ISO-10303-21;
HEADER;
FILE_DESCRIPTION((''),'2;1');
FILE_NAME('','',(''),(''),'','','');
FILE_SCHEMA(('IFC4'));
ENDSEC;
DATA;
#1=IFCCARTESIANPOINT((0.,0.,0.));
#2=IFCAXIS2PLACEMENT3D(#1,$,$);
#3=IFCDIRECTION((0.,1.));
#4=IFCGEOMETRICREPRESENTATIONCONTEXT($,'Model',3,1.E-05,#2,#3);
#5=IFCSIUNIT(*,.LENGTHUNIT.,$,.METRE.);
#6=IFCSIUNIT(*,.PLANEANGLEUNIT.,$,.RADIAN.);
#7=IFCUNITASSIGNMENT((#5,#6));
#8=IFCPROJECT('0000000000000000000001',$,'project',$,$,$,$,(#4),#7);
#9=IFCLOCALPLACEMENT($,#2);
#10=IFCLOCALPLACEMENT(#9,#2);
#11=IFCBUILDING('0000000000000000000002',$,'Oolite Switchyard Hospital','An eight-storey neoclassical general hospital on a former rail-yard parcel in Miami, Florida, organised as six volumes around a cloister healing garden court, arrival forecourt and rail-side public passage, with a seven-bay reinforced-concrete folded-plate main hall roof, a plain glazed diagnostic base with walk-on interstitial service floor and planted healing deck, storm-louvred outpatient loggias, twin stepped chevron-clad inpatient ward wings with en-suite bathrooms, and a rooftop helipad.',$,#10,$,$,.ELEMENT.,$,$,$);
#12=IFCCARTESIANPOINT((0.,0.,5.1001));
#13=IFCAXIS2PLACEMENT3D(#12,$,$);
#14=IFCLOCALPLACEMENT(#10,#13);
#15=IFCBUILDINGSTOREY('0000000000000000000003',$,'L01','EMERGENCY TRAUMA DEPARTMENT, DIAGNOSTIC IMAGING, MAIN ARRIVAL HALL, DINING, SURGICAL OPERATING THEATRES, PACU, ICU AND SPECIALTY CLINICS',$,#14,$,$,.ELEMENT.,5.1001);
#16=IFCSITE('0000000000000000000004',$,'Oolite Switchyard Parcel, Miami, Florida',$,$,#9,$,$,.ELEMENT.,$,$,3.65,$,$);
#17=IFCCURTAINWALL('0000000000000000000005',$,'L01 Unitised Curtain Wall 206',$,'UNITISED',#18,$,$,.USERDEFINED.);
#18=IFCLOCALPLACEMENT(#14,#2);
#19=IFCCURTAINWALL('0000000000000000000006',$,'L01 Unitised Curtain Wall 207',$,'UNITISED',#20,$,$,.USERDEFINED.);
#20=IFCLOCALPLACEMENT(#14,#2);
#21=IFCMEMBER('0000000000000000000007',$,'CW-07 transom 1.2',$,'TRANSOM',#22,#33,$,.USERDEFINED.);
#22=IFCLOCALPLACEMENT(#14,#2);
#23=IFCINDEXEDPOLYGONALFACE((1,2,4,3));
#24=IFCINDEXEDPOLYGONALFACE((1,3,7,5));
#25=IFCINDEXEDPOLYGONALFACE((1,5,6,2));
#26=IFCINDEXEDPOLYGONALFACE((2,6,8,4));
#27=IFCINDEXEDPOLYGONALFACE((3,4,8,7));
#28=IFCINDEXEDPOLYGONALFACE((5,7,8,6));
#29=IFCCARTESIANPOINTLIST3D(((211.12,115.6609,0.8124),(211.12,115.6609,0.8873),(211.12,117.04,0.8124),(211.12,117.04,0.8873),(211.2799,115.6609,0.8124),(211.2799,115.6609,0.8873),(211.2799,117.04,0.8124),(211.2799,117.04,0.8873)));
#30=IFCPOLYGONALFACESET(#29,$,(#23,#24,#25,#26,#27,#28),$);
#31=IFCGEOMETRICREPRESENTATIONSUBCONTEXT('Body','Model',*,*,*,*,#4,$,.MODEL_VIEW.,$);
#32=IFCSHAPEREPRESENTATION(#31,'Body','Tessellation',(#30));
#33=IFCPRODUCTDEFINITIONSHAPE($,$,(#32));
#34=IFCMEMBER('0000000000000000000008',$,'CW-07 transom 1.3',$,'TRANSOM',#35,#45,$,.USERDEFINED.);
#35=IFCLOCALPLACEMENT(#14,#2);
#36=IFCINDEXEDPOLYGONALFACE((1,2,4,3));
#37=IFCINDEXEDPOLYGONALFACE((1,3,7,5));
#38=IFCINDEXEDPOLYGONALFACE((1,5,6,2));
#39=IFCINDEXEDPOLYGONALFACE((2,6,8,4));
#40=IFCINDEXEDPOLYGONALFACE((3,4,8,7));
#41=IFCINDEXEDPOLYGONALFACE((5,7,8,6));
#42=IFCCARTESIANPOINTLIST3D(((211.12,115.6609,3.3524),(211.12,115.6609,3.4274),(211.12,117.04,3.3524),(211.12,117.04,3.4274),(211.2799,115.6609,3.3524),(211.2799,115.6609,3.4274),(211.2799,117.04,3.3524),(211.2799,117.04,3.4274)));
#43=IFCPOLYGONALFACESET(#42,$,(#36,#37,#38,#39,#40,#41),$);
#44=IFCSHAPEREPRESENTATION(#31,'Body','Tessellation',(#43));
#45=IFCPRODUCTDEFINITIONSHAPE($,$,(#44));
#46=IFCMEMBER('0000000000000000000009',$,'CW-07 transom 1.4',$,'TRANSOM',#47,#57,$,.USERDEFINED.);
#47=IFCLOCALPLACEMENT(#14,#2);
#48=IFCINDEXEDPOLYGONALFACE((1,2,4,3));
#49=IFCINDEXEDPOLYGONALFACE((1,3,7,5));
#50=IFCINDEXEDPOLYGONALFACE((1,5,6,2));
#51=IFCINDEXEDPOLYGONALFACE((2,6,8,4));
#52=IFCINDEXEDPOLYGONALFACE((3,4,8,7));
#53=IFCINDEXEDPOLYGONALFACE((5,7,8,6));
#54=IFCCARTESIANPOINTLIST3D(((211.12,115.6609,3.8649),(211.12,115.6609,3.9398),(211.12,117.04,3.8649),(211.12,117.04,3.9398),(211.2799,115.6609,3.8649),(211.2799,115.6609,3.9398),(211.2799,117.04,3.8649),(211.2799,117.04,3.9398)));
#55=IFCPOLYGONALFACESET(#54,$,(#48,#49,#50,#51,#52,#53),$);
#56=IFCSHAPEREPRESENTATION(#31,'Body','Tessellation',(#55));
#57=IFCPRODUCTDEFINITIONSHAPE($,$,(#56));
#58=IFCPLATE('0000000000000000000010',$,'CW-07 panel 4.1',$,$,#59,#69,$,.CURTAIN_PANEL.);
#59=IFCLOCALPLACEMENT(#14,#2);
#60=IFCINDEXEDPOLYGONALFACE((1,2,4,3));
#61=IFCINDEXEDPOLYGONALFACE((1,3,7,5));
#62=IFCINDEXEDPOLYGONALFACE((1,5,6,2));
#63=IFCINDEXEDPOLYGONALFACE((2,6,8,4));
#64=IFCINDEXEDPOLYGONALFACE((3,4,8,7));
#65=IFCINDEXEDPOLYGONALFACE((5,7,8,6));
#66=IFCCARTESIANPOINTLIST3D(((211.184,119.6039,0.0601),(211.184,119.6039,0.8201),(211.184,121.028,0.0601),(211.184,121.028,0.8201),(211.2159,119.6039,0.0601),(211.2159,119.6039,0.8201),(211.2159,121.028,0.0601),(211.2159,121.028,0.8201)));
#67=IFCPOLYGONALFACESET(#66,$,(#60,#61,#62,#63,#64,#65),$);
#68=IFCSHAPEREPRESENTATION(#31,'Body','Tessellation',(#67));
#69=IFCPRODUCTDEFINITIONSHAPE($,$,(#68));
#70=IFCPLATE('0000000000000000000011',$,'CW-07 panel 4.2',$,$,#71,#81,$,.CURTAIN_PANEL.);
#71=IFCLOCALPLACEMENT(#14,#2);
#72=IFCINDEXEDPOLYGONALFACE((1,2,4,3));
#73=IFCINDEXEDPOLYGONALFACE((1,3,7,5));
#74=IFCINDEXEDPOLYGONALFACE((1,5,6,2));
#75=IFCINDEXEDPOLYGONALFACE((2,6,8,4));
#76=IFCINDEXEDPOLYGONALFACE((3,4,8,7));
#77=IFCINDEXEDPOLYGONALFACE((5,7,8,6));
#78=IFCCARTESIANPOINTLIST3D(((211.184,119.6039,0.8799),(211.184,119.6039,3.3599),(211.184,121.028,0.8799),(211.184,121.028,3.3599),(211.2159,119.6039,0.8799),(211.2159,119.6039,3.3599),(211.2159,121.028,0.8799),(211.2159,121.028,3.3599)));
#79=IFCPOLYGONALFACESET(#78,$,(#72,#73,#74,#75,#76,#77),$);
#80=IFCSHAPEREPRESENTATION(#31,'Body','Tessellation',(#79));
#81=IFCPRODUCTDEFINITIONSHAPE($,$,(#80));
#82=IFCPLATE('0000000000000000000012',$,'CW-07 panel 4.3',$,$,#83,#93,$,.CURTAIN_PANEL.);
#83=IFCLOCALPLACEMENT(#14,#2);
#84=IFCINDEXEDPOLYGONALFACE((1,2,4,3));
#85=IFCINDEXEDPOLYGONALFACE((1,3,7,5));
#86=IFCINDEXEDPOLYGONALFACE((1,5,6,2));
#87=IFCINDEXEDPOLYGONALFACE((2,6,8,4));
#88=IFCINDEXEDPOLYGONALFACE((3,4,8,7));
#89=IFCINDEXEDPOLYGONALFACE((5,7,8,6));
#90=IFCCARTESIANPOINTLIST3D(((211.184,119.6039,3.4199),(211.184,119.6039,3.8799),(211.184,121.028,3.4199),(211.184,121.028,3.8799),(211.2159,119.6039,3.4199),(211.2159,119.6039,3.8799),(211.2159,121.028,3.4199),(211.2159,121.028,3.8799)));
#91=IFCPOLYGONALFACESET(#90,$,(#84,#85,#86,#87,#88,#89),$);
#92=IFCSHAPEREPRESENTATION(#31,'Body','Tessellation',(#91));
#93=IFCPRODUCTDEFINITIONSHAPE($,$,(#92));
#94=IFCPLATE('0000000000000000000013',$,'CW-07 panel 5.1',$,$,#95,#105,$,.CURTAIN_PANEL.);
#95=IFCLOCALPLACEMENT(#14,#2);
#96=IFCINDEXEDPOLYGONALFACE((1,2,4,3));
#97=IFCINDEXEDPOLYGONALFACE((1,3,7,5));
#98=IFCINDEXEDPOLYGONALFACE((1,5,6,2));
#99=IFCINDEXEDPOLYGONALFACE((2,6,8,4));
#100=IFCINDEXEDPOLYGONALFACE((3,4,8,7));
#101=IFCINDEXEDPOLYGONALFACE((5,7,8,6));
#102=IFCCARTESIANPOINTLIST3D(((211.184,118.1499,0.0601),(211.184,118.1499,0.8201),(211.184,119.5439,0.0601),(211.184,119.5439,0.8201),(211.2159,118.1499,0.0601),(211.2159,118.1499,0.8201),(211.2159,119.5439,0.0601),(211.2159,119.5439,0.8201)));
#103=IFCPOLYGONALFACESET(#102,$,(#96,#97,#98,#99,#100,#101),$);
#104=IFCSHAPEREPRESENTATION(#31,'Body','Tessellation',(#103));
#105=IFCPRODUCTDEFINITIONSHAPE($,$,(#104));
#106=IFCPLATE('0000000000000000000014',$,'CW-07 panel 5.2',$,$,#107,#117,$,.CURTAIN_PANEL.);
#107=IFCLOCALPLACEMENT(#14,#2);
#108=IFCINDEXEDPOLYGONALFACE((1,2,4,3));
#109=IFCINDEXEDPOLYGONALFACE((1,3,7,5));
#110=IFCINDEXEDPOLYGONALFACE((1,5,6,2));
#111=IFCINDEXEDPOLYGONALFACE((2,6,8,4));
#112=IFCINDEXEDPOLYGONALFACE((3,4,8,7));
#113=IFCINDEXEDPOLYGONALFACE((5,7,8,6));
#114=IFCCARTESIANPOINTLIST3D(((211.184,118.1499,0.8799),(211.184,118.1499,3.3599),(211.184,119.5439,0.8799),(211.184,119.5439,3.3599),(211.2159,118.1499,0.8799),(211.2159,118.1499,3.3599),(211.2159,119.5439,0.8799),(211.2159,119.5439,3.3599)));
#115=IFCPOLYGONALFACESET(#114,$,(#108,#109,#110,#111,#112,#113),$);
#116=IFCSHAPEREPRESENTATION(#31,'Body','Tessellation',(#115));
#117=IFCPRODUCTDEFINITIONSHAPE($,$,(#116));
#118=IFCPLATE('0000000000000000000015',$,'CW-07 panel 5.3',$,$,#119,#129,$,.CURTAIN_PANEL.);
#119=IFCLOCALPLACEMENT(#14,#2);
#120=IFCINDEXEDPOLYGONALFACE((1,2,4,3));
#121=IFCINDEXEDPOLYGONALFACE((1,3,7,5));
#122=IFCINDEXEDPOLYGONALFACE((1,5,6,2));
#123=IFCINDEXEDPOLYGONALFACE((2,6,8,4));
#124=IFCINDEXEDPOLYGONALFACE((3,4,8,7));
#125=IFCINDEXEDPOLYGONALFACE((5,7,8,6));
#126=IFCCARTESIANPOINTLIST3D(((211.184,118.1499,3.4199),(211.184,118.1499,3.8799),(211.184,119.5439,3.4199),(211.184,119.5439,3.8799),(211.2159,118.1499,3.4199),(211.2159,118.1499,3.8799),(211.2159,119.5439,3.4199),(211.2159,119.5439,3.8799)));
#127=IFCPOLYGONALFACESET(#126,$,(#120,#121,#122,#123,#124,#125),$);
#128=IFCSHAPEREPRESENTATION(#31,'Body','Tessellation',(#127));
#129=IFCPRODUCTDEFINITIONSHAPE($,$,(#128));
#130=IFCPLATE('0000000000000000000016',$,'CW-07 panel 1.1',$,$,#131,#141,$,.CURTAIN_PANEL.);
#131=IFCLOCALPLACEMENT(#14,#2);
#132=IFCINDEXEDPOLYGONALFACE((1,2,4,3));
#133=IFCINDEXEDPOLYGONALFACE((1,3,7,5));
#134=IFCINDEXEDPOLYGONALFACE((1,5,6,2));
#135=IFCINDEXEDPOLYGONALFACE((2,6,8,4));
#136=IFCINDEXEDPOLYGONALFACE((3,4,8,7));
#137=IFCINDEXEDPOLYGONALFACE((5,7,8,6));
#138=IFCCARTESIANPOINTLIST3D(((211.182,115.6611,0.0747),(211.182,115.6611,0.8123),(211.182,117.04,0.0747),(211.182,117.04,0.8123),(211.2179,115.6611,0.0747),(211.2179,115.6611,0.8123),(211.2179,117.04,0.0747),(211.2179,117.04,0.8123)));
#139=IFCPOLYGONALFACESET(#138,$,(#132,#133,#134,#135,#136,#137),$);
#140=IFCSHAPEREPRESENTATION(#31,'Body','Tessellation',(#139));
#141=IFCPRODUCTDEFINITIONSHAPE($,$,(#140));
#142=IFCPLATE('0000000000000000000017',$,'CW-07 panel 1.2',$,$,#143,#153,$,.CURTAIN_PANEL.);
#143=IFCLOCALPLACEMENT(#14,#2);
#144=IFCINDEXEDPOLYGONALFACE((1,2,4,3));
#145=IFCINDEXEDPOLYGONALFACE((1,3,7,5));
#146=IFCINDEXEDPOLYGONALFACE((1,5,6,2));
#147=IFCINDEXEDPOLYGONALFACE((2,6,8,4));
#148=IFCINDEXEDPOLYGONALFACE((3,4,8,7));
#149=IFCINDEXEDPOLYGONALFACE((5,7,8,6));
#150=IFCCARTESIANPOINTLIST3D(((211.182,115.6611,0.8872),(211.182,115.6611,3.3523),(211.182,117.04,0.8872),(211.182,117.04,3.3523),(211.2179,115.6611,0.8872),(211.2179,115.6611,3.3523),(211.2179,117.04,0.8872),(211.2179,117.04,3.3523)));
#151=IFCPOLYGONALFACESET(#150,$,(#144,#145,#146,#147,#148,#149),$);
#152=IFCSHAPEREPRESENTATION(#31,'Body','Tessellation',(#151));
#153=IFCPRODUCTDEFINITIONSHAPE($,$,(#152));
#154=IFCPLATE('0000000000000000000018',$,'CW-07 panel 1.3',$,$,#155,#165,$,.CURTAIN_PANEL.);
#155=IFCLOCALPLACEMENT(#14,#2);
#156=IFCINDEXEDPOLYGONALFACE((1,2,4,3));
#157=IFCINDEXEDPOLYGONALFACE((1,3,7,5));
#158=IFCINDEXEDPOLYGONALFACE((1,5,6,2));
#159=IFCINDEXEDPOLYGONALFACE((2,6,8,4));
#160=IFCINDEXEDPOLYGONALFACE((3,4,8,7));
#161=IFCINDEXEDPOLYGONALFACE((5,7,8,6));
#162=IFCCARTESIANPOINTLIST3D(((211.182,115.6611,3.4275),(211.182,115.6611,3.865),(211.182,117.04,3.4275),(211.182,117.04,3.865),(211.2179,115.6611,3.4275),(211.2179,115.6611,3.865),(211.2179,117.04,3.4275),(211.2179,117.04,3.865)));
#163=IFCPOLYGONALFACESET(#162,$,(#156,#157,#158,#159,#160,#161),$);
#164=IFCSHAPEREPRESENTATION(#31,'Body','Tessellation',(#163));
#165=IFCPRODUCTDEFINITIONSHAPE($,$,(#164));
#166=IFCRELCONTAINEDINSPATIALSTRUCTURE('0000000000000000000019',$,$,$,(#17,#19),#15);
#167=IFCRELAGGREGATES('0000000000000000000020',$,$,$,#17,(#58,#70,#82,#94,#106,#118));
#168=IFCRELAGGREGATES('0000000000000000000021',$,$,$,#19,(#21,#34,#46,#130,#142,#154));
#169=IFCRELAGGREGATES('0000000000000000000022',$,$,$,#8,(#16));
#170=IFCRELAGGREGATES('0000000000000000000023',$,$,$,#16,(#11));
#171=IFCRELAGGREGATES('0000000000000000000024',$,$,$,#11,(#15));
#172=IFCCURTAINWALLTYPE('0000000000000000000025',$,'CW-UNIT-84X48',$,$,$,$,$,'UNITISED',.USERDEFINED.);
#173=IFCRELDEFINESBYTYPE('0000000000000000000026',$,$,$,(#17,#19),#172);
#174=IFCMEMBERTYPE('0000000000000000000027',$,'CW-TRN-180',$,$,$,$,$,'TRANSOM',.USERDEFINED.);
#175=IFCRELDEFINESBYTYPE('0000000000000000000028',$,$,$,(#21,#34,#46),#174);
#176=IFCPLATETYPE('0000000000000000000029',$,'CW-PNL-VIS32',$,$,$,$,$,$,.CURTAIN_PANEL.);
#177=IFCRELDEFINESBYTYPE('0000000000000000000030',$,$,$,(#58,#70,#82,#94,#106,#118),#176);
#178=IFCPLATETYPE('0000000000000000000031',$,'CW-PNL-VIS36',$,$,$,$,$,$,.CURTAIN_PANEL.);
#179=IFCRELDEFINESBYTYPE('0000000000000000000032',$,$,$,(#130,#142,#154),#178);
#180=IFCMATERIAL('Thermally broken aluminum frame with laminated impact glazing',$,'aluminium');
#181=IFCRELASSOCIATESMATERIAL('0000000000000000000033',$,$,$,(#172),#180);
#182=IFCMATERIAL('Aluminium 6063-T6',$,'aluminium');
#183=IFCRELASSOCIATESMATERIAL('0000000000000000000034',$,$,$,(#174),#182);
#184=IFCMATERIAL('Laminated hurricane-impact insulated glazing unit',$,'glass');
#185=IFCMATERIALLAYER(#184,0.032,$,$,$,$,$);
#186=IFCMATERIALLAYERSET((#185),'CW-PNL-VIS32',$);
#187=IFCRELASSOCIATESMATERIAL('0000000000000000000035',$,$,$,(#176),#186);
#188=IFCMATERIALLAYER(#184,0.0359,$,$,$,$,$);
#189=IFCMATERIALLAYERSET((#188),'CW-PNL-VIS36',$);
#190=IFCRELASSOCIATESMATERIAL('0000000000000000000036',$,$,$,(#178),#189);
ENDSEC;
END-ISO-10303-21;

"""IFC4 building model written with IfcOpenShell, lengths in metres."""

from ifc_helpers import new_model, si_unit, direction, frame, origin, origin_2d, place, context, subcontext, project, spatial, rectangle, extrude, material, layer, layer_set, material_profile, profile_set, type_object, element, aggregate, save


model = new_model("IFC4")

# Units and contexts
model_context = context("Model", 3, precision=1e-05, world=origin(), true_north=direction((0.0, 1.0)))
body_context = subcontext(model_context, "Body", "Model", "MODEL_VIEW")
ifc_project = project(units=[si_unit("LENGTHUNIT", "METRE"), si_unit("PLANEANGLEUNIT", "RADIAN")], contexts=[model_context])

# Site, building, storey
site_placement = place(None, origin())
site = spatial("IfcSite", under=ifc_project, at=site_placement, Name="Oolite Switchyard Parcel, Miami, Florida", CompositionType="ELEMENT", RefElevation=3.65)
building_placement = place(site_placement, origin())
building = spatial("IfcBuilding", under=site, at=building_placement, Name="Oolite Switchyard Hospital", Description="An eight-storey neoclassical general hospital on a former rail-yard parcel in Miami, Florida, organised as six volumes around a cloister healing garden court, arrival forecourt and rail-side public passage, with a seven-bay reinforced-concrete folded-plate main hall roof, a plain glazed diagnostic base with walk-on interstitial service floor and planted healing deck, storm-louvred outpatient loggias, twin stepped chevron-clad inpatient ward wings with en-suite bathrooms, and a rooftop helipad.", CompositionType="ELEMENT")
storey_placement = place(building_placement, frame((0.0, 0.0, 5.1001)))
storey = spatial("IfcBuildingStorey", under=building, at=storey_placement, Name="L01", Description="EMERGENCY TRAUMA DEPARTMENT, DIAGNOSTIC IMAGING, MAIN ARRIVAL HALL, DINING, SURGICAL OPERATING THEATRES, PACU, ICU AND SPECIALTY CLINICS", CompositionType="ELEMENT", Elevation=5.1001)

# Curtain wall
ifc_material_1 = material(Name="Thermally broken aluminum frame with laminated impact glazing", Category="aluminium")
curtain_wall_type = type_object("IfcCurtainWallType", Name="CW-UNIT-84X48", ElementType="UNITISED", PredefinedType="USERDEFINED", material=ifc_material_1)
curtain_wall_1_placement = place(storey_placement, origin())
curtain_wall_1 = element("IfcCurtainWall", 1, at=curtain_wall_1_placement, inside=storey, type_object=curtain_wall_type, Name="L01 Unitised Curtain Wall 206", ObjectType="UNITISED", PredefinedType="USERDEFINED")
ifc_material_2 = material(Name="Aluminium 6063-T6", Category="aluminium")

# Curtain wall
curtain_wall_2_placement = place(storey_placement, origin())
curtain_wall_2 = element("IfcCurtainWall", 2, at=curtain_wall_2_placement, inside=storey, type_object=curtain_wall_type, Name="L01 Unitised Curtain Wall 207", ObjectType="UNITISED", PredefinedType="USERDEFINED")

# Members
ifc_material_profile_1 = material_profile(ifc_material_2, rectangle(XDim=0.1599, YDim=0.075, at=origin_2d()), Name="CWT75X160")
ifc_profile_set_1 = profile_set([ifc_material_profile_1], Name="Aluminium 6063-T6")
member_type_1 = type_object("IfcMemberType", Name="CW-TRN-180", ElementType="TRANSOM", PredefinedType="USERDEFINED", material=ifc_profile_set_1)
member_1_placement = place(storey_placement, frame((211.2, 117.04, 0.8499), z_axis=(0.0, -1.0, 0.0), x_axis=(1.0, 0.0, 0.0)))
member_1 = element("IfcMember", 3, at=member_1_placement, type_object=member_type_1, Name="CW-07 transom 1.2", ObjectType="TRANSOM", PredefinedType="USERDEFINED", context=body_context, shape_type="SweptSolid", body=[
    extrude(rectangle(XDim=0.1599, YDim=0.075, at=origin_2d()), origin(), (0.0, 0.0, 1.0), 1.3792),
])
member_2_placement = place(storey_placement, frame((211.2, 117.04, 3.3899), z_axis=(0.0, -1.0, 0.0), x_axis=(1.0, 0.0, 0.0)))
member_2 = element("IfcMember", 4, at=member_2_placement, type_object=member_type_1, Name="CW-07 transom 1.3", ObjectType="TRANSOM", PredefinedType="USERDEFINED", context=body_context, shape_type="SweptSolid", body=[
    extrude(rectangle(XDim=0.1599, YDim=0.075, at=origin_2d()), origin(), (0.0, 0.0, 1.0), 1.3792),
])
member_3_placement = place(storey_placement, frame((211.2, 117.04, 3.9023), z_axis=(0.0, -1.0, 0.0), x_axis=(1.0, 0.0, 0.0)))
member_3 = element("IfcMember", 5, at=member_3_placement, type_object=member_type_1, Name="CW-07 transom 1.4", ObjectType="TRANSOM", PredefinedType="USERDEFINED", context=body_context, shape_type="SweptSolid", body=[
    extrude(rectangle(XDim=0.1599, YDim=0.075, at=origin_2d()), origin(), (0.0, 0.0, 1.0), 1.3792),
])

# Plates
ifc_material_3 = material(Name="Laminated hurricane-impact insulated glazing unit", Category="glass")
ifc_layer_1 = layer(ifc_material_3, 0.032)
ifc_layer_set_1 = layer_set([ifc_layer_1], Name="CW-PNL-VIS32")
plate_type_1 = type_object("IfcPlateType", Name="CW-PNL-VIS32", PredefinedType="CURTAIN_PANEL", material=ifc_layer_set_1)
plate_1_placement = place(storey_placement, frame((211.2, 120.3159, 0.0601), z_axis=(0.0, 0.0, 1.0), x_axis=(0.0, -1.0, 0.0)))
plate_1 = element("IfcPlate", 6, at=plate_1_placement, type_object=plate_type_1, Name="CW-07 panel 4.1", PredefinedType="CURTAIN_PANEL", context=body_context, shape_type="SweptSolid", body=[
    extrude(rectangle(XDim=1.4241, YDim=0.032, at=origin_2d()), origin(), (0.0, 0.0, 1.0), 0.76),
])
plate_2_placement = place(storey_placement, frame((211.2, 120.3159, 0.8799), z_axis=(0.0, 0.0, 1.0), x_axis=(0.0, -1.0, 0.0)))
plate_2 = element("IfcPlate", 7, at=plate_2_placement, type_object=plate_type_1, Name="CW-07 panel 4.2", PredefinedType="CURTAIN_PANEL", context=body_context, shape_type="SweptSolid", body=[
    extrude(rectangle(XDim=1.4241, YDim=0.032, at=origin_2d()), origin(), (0.0, 0.0, 1.0), 2.48),
])
plate_3_placement = place(storey_placement, frame((211.2, 120.3159, 3.4199), z_axis=(0.0, 0.0, 1.0), x_axis=(0.0, -1.0, 0.0)))
plate_3 = element("IfcPlate", 8, at=plate_3_placement, type_object=plate_type_1, Name="CW-07 panel 4.3", PredefinedType="CURTAIN_PANEL", context=body_context, shape_type="SweptSolid", body=[
    extrude(rectangle(XDim=1.4241, YDim=0.032, at=origin_2d()), origin(), (0.0, 0.0, 1.0), 0.46),
])
plate_4_placement = place(storey_placement, frame((211.2, 118.8469, 0.0601), z_axis=(0.0, 0.0, 1.0), x_axis=(0.0, -1.0, 0.0)))
plate_4 = element("IfcPlate", 9, at=plate_4_placement, type_object=plate_type_1, Name="CW-07 panel 5.1", PredefinedType="CURTAIN_PANEL", context=body_context, shape_type="SweptSolid", body=[
    extrude(rectangle(XDim=1.394, YDim=0.032, at=origin_2d()), origin(), (0.0, 0.0, 1.0), 0.76),
])
plate_5_placement = place(storey_placement, frame((211.2, 118.8469, 0.8799), z_axis=(0.0, 0.0, 1.0), x_axis=(0.0, -1.0, 0.0)))
plate_5 = element("IfcPlate", 10, at=plate_5_placement, type_object=plate_type_1, Name="CW-07 panel 5.2", PredefinedType="CURTAIN_PANEL", context=body_context, shape_type="SweptSolid", body=[
    extrude(rectangle(XDim=1.394, YDim=0.032, at=origin_2d()), origin(), (0.0, 0.0, 1.0), 2.48),
])
plate_6_placement = place(storey_placement, frame((211.2, 118.8469, 3.4199), z_axis=(0.0, 0.0, 1.0), x_axis=(0.0, -1.0, 0.0)))
plate_6 = element("IfcPlate", 11, at=plate_6_placement, type_object=plate_type_1, Name="CW-07 panel 5.3", PredefinedType="CURTAIN_PANEL", context=body_context, shape_type="SweptSolid", body=[
    extrude(rectangle(XDim=1.394, YDim=0.032, at=origin_2d()), origin(), (0.0, 0.0, 1.0), 0.46),
])
aggregate(curtain_wall_1, [plate_1, plate_2, plate_3, plate_4, plate_5, plate_6])
ifc_layer_2 = layer(ifc_material_3, 0.0359)
ifc_layer_set_2 = layer_set([ifc_layer_2], Name="CW-PNL-VIS36")
plate_type_2 = type_object("IfcPlateType", Name="CW-PNL-VIS36", PredefinedType="CURTAIN_PANEL", material=ifc_layer_set_2)
plate_7_placement = place(storey_placement, frame((211.2, 116.3506, 0.0747), z_axis=(0.0, 0.0, 1.0), x_axis=(0.0, -1.0, 0.0)))
plate_7 = element("IfcPlate", 12, at=plate_7_placement, type_object=plate_type_2, Name="CW-07 panel 1.1", PredefinedType="CURTAIN_PANEL", context=body_context, shape_type="SweptSolid", body=[
    extrude(rectangle(XDim=1.3789, YDim=0.0359, at=origin_2d()), origin(), (0.0, 0.0, 1.0), 0.7375),
])
plate_8_placement = place(storey_placement, frame((211.2, 116.3506, 0.8872), z_axis=(0.0, 0.0, 1.0), x_axis=(0.0, -1.0, 0.0)))
plate_8 = element("IfcPlate", 13, at=plate_8_placement, type_object=plate_type_2, Name="CW-07 panel 1.2", PredefinedType="CURTAIN_PANEL", context=body_context, shape_type="SweptSolid", body=[
    extrude(rectangle(XDim=1.3789, YDim=0.0359, at=origin_2d()), origin(), (0.0, 0.0, 1.0), 2.4651),
])
plate_9_placement = place(storey_placement, frame((211.2, 116.3506, 3.4275), z_axis=(0.0, 0.0, 1.0), x_axis=(0.0, -1.0, 0.0)))
plate_9 = element("IfcPlate", 14, at=plate_9_placement, type_object=plate_type_2, Name="CW-07 panel 1.3", PredefinedType="CURTAIN_PANEL", context=body_context, shape_type="SweptSolid", body=[
    extrude(rectangle(XDim=1.3789, YDim=0.0359, at=origin_2d()), origin(), (0.0, 0.0, 1.0), 0.4375),
])
aggregate(curtain_wall_2, [member_1, member_2, member_3, plate_7, plate_8, plate_9])

save(model, "model.ifc")
